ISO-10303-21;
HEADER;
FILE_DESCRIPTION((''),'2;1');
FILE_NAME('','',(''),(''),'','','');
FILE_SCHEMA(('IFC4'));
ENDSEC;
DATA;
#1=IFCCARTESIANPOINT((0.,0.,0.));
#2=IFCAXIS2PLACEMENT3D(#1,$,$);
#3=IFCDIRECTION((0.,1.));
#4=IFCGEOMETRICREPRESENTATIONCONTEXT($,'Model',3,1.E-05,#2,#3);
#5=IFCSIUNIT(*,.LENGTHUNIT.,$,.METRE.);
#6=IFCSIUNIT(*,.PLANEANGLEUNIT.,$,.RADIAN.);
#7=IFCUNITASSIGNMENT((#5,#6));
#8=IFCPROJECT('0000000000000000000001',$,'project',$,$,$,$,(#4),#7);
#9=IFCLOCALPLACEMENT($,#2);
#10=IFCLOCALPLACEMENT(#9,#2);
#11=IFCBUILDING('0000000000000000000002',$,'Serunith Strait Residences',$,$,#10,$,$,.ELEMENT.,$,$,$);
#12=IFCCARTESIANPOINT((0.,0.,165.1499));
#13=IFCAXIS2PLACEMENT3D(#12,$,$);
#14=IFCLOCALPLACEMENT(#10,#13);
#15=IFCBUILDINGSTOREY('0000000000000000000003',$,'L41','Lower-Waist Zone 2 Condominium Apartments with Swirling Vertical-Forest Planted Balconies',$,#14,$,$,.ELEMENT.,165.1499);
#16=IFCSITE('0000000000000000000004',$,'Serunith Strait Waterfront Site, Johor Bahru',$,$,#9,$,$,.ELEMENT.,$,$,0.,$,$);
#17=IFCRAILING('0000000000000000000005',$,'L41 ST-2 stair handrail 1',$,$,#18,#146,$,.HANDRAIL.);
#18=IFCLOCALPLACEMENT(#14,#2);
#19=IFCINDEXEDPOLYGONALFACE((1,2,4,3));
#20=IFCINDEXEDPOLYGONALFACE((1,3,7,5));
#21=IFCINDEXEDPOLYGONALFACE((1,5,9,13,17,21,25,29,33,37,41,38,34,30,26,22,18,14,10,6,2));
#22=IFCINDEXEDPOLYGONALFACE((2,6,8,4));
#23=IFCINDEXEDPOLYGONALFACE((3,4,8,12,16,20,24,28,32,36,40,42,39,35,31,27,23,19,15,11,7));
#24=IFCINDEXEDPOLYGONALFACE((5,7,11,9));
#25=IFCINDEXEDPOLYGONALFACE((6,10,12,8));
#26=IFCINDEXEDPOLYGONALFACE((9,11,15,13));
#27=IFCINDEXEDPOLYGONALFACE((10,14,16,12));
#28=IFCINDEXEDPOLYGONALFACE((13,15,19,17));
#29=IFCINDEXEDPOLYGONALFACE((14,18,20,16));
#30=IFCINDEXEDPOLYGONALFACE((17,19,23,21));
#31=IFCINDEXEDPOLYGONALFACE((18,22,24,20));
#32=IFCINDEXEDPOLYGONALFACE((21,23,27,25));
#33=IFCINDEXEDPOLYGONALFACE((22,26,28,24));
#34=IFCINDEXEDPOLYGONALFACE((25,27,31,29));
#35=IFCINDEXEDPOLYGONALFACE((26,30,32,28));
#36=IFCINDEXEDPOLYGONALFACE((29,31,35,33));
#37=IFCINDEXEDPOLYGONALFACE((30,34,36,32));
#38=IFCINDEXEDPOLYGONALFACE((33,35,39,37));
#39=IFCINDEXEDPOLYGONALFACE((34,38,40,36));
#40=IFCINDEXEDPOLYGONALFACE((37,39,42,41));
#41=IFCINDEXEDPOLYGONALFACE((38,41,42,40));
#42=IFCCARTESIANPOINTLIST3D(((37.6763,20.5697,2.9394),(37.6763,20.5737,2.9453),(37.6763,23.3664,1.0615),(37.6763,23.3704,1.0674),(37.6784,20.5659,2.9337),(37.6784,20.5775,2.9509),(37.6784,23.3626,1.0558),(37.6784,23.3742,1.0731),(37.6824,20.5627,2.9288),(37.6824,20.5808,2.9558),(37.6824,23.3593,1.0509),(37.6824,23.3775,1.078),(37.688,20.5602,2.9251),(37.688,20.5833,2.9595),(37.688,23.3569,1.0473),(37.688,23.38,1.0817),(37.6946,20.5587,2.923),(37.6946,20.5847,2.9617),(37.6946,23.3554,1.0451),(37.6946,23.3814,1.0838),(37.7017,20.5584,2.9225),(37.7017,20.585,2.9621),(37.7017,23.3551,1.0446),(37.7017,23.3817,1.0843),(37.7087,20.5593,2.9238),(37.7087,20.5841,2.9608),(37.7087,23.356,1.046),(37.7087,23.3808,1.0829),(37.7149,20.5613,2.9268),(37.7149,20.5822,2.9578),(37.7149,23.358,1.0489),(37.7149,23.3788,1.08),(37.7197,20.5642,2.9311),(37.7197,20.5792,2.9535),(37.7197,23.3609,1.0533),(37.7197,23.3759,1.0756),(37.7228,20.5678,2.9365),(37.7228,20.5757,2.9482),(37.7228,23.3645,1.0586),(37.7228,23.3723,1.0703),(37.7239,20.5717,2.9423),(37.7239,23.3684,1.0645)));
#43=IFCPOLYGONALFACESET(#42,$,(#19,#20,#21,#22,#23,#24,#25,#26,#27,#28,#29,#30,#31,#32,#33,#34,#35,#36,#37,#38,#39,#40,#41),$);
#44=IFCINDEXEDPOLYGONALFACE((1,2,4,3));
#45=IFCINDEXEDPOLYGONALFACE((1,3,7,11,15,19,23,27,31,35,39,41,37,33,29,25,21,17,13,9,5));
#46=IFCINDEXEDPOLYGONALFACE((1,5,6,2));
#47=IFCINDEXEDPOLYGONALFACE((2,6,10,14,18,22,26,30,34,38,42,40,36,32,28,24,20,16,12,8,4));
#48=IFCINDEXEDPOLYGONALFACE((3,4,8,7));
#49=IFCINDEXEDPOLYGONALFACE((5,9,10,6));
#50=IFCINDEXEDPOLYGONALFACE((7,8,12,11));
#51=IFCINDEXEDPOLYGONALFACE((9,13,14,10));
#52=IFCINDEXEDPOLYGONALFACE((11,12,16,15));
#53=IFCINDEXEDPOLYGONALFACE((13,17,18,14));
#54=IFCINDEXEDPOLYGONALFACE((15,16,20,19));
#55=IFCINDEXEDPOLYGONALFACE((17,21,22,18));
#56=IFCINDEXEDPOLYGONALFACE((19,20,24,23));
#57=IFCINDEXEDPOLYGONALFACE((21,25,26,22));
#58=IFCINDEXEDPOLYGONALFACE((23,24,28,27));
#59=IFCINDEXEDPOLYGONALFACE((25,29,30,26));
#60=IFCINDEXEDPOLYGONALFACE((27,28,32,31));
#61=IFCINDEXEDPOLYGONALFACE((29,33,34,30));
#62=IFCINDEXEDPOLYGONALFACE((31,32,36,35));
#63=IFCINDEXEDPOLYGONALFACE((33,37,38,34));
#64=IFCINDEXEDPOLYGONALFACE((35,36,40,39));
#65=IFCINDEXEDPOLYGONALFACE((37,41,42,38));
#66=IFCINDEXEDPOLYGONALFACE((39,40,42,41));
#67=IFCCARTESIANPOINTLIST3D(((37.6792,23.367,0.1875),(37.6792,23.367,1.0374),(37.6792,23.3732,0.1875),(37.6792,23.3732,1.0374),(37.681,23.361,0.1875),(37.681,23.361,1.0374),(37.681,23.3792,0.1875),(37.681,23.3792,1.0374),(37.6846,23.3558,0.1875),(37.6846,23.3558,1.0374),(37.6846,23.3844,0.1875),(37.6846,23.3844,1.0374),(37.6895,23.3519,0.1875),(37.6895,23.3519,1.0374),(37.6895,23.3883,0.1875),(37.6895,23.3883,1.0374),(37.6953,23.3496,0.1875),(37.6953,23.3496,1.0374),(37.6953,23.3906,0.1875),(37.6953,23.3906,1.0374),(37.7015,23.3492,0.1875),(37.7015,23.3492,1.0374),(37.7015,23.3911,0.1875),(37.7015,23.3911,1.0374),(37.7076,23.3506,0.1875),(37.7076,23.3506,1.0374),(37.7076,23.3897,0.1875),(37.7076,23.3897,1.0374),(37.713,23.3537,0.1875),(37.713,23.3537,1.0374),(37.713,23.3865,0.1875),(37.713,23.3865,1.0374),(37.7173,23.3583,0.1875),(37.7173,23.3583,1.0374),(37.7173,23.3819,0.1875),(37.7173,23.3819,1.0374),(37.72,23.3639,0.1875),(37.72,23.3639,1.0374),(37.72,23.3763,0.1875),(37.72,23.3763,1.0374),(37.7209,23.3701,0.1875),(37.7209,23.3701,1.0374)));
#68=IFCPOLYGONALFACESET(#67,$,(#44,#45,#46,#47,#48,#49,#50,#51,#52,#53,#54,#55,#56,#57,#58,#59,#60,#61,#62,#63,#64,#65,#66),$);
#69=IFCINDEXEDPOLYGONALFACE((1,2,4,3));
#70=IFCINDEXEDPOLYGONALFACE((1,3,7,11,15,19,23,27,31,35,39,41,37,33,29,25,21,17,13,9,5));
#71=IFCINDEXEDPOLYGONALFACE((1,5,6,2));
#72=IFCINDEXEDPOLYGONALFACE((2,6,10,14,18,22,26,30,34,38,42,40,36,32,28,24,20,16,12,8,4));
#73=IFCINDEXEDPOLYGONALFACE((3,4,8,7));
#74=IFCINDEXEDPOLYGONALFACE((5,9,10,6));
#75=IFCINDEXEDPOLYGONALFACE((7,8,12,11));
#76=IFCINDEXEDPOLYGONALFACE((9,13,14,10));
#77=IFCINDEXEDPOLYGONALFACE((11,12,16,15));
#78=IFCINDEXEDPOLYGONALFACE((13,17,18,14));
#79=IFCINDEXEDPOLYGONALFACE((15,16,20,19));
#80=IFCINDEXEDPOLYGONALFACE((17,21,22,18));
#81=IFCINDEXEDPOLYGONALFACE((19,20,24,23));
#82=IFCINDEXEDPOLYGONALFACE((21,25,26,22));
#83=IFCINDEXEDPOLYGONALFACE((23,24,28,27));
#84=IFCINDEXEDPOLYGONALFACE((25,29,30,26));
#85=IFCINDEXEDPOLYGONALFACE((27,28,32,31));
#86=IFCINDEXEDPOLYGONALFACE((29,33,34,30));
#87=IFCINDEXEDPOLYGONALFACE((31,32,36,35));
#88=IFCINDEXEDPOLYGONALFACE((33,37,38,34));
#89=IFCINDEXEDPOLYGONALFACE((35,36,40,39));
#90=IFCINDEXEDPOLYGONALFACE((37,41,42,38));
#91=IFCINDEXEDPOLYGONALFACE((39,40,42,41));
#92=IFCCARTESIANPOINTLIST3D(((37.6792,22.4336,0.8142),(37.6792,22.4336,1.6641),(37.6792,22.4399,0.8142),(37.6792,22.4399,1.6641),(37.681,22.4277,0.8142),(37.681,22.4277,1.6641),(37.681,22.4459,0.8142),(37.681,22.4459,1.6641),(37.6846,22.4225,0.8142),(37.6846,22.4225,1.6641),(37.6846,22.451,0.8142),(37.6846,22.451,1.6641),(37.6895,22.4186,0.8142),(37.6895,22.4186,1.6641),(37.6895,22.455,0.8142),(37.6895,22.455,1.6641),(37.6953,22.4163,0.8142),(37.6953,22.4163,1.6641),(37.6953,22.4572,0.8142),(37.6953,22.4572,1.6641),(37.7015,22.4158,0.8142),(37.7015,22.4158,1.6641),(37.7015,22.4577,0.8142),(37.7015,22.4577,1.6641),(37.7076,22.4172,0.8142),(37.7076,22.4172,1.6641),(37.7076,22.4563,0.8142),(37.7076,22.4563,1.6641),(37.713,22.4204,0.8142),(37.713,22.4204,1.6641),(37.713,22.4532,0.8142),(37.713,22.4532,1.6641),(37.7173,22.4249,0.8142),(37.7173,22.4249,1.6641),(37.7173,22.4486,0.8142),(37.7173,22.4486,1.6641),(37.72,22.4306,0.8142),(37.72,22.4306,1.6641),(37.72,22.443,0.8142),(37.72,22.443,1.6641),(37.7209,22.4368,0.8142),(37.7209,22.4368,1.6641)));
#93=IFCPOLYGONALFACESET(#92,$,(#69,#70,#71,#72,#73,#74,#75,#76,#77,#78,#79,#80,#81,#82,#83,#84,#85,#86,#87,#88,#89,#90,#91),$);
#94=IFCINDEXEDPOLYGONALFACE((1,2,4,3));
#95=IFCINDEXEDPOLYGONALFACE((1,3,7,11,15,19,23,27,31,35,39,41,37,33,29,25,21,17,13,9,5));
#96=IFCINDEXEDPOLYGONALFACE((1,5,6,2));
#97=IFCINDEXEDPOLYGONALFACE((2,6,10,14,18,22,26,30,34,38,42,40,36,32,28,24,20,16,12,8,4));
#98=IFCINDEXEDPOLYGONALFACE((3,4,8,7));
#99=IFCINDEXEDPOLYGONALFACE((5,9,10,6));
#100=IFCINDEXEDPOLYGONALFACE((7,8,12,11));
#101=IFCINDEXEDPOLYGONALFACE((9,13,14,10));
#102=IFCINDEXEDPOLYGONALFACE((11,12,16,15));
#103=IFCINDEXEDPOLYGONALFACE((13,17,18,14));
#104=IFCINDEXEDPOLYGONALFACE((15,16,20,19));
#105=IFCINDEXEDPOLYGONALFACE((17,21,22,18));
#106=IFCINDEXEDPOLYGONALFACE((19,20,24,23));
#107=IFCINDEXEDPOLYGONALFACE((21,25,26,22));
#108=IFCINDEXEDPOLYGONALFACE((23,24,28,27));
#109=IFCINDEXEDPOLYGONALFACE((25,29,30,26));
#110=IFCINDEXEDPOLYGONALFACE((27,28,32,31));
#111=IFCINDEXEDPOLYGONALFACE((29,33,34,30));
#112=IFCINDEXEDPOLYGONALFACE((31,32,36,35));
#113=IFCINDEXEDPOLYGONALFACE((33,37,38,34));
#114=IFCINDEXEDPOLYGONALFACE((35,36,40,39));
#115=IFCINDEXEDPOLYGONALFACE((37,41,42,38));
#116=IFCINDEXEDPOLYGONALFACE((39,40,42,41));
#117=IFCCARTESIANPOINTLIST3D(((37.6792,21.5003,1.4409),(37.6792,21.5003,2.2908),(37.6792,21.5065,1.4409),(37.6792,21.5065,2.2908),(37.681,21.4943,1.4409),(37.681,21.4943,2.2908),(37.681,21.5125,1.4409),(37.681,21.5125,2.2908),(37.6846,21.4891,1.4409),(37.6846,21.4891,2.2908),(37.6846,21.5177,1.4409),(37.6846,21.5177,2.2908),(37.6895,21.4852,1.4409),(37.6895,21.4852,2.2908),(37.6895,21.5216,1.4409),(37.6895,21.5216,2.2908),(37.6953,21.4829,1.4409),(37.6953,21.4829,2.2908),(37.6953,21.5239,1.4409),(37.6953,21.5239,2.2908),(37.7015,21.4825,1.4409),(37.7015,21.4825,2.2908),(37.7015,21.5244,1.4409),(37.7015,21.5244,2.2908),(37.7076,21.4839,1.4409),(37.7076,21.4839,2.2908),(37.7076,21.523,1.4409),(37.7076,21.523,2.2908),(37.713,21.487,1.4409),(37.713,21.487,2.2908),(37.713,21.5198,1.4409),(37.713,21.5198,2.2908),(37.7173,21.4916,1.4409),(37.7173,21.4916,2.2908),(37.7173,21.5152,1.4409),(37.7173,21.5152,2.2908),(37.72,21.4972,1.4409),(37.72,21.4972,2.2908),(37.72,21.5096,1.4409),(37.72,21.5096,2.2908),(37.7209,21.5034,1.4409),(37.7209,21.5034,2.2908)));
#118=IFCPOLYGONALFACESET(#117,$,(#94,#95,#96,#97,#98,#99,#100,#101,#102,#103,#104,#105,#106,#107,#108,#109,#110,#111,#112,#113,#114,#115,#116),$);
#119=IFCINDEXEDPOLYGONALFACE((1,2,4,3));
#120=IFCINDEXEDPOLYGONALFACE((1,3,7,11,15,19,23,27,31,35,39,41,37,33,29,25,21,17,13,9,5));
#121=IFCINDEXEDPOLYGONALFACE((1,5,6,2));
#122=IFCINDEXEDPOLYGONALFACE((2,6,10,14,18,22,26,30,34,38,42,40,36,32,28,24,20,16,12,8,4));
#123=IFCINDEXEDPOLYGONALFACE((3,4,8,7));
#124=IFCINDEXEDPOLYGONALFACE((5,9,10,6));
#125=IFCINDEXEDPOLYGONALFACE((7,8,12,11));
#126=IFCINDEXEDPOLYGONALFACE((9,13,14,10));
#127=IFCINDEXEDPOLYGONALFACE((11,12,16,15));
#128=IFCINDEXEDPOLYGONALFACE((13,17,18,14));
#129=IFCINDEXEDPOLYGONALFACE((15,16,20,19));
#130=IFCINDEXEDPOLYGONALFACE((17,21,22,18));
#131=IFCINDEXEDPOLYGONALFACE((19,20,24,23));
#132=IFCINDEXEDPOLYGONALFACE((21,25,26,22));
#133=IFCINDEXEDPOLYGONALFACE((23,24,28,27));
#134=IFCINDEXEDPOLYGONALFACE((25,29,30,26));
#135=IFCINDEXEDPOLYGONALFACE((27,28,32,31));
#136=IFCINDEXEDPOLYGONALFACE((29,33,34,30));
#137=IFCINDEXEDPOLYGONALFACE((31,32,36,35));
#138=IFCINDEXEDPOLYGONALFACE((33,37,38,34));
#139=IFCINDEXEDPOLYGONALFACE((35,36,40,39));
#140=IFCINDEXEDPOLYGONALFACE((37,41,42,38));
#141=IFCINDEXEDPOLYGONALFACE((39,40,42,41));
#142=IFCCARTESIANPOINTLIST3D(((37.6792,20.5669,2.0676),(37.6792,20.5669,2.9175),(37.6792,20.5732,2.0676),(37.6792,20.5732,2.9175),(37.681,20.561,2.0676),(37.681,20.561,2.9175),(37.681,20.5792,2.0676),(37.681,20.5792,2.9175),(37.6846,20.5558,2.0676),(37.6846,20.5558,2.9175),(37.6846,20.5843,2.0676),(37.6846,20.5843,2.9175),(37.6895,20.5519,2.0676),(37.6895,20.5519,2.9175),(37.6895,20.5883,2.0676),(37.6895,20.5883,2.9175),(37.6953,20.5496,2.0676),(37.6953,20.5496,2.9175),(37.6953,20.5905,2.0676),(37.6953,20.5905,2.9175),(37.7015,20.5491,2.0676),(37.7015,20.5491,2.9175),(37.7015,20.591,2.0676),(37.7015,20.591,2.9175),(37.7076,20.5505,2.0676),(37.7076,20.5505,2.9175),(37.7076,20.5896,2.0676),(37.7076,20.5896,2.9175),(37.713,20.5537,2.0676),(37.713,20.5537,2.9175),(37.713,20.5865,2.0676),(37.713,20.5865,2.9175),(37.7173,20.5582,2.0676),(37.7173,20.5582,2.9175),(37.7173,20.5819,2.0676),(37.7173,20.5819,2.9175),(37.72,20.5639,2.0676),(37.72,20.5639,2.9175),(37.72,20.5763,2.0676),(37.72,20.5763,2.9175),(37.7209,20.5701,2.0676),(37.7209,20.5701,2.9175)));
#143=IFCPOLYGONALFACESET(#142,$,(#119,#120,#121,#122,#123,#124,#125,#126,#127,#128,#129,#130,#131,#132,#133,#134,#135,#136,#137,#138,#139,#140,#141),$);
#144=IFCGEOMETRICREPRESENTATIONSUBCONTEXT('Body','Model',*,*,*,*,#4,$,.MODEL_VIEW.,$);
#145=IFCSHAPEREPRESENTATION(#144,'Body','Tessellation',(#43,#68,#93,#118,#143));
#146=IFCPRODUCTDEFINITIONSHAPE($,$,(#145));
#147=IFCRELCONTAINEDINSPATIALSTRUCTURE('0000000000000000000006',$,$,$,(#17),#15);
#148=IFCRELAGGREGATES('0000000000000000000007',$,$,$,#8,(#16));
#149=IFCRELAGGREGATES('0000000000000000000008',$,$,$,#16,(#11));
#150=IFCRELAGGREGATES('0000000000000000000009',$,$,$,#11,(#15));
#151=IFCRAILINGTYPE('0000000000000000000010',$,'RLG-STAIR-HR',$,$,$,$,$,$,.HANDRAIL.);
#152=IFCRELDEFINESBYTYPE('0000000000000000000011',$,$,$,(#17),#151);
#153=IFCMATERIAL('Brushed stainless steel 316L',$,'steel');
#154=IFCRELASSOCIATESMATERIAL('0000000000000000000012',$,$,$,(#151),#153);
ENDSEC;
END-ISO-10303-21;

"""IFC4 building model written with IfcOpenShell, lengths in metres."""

from ifc_helpers import new_model, si_unit, direction, frame, origin, origin_2d, place, context, subcontext, project, spatial, circle, extrude, material, type_object, element, save


model = new_model("IFC4")

# Units and contexts
model_context = context("Model", 3, precision=1e-05, world=origin(), true_north=direction((0.0, 1.0)))
body_context = subcontext(model_context, "Body", "Model", "MODEL_VIEW")
ifc_project = project(units=[si_unit("LENGTHUNIT", "METRE"), si_unit("PLANEANGLEUNIT", "RADIAN")], contexts=[model_context])

# Site, building, storey
site_placement = place(None, origin())
site = spatial("IfcSite", under=ifc_project, at=site_placement, Name="Serunith Strait Waterfront Site, Johor Bahru", CompositionType="ELEMENT", RefElevation=0.0)
building_placement = place(site_placement, origin())
building = spatial("IfcBuilding", under=site, at=building_placement, Name="Serunith Strait Residences", CompositionType="ELEMENT")
storey_placement = place(building_placement, frame((0.0, 0.0, 165.1499)))
storey = spatial("IfcBuildingStorey", under=building, at=storey_placement, Name="L41", Description="Lower-Waist Zone 2 Condominium Apartments with Swirling Vertical-Forest Planted Balconies", CompositionType="ELEMENT", Elevation=165.1499)

# Railing
ifc_material_1 = material(Name="Brushed stainless steel 316L", Category="steel")
railing_type_1 = type_object("IfcRailingType", Name="RLG-STAIR-HR", PredefinedType="HANDRAIL", material=ifc_material_1)
railing_1_placement = place(storey_placement, frame((37.7, 23.3701, 0.1875)))
element("IfcRailing", 1, at=railing_1_placement, inside=storey, type_object=railing_type_1, Name="L41 ST-2 stair handrail 1", PredefinedType="HANDRAIL", context=body_context, shape_type="SweptSolid", body=[
    extrude(circle(Radius=0.0239, at=origin_2d()), frame((0.0, -0.0017, 0.877), z_axis=(0.0, -0.830208, 0.557453), x_axis=(1.0, 0.0, 0.0)), (0.0, 0.0, 1.0), 3.3687),
    extrude(circle(Radius=0.021, at=origin_2d()), origin(), (0.0, 0.0, 1.0), 0.8499),
    extrude(circle(Radius=0.021, at=origin_2d()), frame((0.0, -0.9333, 0.6267)), (0.0, 0.0, 1.0), 0.8499),
    extrude(circle(Radius=0.021, at=origin_2d()), frame((0.0, -1.8667, 1.2534)), (0.0, 0.0, 1.0), 0.8499),
    extrude(circle(Radius=0.021, at=origin_2d()), frame((0.0, -2.8, 1.8801)), (0.0, 0.0, 1.0), 0.8499),
])

save(model, "model.ifc")
